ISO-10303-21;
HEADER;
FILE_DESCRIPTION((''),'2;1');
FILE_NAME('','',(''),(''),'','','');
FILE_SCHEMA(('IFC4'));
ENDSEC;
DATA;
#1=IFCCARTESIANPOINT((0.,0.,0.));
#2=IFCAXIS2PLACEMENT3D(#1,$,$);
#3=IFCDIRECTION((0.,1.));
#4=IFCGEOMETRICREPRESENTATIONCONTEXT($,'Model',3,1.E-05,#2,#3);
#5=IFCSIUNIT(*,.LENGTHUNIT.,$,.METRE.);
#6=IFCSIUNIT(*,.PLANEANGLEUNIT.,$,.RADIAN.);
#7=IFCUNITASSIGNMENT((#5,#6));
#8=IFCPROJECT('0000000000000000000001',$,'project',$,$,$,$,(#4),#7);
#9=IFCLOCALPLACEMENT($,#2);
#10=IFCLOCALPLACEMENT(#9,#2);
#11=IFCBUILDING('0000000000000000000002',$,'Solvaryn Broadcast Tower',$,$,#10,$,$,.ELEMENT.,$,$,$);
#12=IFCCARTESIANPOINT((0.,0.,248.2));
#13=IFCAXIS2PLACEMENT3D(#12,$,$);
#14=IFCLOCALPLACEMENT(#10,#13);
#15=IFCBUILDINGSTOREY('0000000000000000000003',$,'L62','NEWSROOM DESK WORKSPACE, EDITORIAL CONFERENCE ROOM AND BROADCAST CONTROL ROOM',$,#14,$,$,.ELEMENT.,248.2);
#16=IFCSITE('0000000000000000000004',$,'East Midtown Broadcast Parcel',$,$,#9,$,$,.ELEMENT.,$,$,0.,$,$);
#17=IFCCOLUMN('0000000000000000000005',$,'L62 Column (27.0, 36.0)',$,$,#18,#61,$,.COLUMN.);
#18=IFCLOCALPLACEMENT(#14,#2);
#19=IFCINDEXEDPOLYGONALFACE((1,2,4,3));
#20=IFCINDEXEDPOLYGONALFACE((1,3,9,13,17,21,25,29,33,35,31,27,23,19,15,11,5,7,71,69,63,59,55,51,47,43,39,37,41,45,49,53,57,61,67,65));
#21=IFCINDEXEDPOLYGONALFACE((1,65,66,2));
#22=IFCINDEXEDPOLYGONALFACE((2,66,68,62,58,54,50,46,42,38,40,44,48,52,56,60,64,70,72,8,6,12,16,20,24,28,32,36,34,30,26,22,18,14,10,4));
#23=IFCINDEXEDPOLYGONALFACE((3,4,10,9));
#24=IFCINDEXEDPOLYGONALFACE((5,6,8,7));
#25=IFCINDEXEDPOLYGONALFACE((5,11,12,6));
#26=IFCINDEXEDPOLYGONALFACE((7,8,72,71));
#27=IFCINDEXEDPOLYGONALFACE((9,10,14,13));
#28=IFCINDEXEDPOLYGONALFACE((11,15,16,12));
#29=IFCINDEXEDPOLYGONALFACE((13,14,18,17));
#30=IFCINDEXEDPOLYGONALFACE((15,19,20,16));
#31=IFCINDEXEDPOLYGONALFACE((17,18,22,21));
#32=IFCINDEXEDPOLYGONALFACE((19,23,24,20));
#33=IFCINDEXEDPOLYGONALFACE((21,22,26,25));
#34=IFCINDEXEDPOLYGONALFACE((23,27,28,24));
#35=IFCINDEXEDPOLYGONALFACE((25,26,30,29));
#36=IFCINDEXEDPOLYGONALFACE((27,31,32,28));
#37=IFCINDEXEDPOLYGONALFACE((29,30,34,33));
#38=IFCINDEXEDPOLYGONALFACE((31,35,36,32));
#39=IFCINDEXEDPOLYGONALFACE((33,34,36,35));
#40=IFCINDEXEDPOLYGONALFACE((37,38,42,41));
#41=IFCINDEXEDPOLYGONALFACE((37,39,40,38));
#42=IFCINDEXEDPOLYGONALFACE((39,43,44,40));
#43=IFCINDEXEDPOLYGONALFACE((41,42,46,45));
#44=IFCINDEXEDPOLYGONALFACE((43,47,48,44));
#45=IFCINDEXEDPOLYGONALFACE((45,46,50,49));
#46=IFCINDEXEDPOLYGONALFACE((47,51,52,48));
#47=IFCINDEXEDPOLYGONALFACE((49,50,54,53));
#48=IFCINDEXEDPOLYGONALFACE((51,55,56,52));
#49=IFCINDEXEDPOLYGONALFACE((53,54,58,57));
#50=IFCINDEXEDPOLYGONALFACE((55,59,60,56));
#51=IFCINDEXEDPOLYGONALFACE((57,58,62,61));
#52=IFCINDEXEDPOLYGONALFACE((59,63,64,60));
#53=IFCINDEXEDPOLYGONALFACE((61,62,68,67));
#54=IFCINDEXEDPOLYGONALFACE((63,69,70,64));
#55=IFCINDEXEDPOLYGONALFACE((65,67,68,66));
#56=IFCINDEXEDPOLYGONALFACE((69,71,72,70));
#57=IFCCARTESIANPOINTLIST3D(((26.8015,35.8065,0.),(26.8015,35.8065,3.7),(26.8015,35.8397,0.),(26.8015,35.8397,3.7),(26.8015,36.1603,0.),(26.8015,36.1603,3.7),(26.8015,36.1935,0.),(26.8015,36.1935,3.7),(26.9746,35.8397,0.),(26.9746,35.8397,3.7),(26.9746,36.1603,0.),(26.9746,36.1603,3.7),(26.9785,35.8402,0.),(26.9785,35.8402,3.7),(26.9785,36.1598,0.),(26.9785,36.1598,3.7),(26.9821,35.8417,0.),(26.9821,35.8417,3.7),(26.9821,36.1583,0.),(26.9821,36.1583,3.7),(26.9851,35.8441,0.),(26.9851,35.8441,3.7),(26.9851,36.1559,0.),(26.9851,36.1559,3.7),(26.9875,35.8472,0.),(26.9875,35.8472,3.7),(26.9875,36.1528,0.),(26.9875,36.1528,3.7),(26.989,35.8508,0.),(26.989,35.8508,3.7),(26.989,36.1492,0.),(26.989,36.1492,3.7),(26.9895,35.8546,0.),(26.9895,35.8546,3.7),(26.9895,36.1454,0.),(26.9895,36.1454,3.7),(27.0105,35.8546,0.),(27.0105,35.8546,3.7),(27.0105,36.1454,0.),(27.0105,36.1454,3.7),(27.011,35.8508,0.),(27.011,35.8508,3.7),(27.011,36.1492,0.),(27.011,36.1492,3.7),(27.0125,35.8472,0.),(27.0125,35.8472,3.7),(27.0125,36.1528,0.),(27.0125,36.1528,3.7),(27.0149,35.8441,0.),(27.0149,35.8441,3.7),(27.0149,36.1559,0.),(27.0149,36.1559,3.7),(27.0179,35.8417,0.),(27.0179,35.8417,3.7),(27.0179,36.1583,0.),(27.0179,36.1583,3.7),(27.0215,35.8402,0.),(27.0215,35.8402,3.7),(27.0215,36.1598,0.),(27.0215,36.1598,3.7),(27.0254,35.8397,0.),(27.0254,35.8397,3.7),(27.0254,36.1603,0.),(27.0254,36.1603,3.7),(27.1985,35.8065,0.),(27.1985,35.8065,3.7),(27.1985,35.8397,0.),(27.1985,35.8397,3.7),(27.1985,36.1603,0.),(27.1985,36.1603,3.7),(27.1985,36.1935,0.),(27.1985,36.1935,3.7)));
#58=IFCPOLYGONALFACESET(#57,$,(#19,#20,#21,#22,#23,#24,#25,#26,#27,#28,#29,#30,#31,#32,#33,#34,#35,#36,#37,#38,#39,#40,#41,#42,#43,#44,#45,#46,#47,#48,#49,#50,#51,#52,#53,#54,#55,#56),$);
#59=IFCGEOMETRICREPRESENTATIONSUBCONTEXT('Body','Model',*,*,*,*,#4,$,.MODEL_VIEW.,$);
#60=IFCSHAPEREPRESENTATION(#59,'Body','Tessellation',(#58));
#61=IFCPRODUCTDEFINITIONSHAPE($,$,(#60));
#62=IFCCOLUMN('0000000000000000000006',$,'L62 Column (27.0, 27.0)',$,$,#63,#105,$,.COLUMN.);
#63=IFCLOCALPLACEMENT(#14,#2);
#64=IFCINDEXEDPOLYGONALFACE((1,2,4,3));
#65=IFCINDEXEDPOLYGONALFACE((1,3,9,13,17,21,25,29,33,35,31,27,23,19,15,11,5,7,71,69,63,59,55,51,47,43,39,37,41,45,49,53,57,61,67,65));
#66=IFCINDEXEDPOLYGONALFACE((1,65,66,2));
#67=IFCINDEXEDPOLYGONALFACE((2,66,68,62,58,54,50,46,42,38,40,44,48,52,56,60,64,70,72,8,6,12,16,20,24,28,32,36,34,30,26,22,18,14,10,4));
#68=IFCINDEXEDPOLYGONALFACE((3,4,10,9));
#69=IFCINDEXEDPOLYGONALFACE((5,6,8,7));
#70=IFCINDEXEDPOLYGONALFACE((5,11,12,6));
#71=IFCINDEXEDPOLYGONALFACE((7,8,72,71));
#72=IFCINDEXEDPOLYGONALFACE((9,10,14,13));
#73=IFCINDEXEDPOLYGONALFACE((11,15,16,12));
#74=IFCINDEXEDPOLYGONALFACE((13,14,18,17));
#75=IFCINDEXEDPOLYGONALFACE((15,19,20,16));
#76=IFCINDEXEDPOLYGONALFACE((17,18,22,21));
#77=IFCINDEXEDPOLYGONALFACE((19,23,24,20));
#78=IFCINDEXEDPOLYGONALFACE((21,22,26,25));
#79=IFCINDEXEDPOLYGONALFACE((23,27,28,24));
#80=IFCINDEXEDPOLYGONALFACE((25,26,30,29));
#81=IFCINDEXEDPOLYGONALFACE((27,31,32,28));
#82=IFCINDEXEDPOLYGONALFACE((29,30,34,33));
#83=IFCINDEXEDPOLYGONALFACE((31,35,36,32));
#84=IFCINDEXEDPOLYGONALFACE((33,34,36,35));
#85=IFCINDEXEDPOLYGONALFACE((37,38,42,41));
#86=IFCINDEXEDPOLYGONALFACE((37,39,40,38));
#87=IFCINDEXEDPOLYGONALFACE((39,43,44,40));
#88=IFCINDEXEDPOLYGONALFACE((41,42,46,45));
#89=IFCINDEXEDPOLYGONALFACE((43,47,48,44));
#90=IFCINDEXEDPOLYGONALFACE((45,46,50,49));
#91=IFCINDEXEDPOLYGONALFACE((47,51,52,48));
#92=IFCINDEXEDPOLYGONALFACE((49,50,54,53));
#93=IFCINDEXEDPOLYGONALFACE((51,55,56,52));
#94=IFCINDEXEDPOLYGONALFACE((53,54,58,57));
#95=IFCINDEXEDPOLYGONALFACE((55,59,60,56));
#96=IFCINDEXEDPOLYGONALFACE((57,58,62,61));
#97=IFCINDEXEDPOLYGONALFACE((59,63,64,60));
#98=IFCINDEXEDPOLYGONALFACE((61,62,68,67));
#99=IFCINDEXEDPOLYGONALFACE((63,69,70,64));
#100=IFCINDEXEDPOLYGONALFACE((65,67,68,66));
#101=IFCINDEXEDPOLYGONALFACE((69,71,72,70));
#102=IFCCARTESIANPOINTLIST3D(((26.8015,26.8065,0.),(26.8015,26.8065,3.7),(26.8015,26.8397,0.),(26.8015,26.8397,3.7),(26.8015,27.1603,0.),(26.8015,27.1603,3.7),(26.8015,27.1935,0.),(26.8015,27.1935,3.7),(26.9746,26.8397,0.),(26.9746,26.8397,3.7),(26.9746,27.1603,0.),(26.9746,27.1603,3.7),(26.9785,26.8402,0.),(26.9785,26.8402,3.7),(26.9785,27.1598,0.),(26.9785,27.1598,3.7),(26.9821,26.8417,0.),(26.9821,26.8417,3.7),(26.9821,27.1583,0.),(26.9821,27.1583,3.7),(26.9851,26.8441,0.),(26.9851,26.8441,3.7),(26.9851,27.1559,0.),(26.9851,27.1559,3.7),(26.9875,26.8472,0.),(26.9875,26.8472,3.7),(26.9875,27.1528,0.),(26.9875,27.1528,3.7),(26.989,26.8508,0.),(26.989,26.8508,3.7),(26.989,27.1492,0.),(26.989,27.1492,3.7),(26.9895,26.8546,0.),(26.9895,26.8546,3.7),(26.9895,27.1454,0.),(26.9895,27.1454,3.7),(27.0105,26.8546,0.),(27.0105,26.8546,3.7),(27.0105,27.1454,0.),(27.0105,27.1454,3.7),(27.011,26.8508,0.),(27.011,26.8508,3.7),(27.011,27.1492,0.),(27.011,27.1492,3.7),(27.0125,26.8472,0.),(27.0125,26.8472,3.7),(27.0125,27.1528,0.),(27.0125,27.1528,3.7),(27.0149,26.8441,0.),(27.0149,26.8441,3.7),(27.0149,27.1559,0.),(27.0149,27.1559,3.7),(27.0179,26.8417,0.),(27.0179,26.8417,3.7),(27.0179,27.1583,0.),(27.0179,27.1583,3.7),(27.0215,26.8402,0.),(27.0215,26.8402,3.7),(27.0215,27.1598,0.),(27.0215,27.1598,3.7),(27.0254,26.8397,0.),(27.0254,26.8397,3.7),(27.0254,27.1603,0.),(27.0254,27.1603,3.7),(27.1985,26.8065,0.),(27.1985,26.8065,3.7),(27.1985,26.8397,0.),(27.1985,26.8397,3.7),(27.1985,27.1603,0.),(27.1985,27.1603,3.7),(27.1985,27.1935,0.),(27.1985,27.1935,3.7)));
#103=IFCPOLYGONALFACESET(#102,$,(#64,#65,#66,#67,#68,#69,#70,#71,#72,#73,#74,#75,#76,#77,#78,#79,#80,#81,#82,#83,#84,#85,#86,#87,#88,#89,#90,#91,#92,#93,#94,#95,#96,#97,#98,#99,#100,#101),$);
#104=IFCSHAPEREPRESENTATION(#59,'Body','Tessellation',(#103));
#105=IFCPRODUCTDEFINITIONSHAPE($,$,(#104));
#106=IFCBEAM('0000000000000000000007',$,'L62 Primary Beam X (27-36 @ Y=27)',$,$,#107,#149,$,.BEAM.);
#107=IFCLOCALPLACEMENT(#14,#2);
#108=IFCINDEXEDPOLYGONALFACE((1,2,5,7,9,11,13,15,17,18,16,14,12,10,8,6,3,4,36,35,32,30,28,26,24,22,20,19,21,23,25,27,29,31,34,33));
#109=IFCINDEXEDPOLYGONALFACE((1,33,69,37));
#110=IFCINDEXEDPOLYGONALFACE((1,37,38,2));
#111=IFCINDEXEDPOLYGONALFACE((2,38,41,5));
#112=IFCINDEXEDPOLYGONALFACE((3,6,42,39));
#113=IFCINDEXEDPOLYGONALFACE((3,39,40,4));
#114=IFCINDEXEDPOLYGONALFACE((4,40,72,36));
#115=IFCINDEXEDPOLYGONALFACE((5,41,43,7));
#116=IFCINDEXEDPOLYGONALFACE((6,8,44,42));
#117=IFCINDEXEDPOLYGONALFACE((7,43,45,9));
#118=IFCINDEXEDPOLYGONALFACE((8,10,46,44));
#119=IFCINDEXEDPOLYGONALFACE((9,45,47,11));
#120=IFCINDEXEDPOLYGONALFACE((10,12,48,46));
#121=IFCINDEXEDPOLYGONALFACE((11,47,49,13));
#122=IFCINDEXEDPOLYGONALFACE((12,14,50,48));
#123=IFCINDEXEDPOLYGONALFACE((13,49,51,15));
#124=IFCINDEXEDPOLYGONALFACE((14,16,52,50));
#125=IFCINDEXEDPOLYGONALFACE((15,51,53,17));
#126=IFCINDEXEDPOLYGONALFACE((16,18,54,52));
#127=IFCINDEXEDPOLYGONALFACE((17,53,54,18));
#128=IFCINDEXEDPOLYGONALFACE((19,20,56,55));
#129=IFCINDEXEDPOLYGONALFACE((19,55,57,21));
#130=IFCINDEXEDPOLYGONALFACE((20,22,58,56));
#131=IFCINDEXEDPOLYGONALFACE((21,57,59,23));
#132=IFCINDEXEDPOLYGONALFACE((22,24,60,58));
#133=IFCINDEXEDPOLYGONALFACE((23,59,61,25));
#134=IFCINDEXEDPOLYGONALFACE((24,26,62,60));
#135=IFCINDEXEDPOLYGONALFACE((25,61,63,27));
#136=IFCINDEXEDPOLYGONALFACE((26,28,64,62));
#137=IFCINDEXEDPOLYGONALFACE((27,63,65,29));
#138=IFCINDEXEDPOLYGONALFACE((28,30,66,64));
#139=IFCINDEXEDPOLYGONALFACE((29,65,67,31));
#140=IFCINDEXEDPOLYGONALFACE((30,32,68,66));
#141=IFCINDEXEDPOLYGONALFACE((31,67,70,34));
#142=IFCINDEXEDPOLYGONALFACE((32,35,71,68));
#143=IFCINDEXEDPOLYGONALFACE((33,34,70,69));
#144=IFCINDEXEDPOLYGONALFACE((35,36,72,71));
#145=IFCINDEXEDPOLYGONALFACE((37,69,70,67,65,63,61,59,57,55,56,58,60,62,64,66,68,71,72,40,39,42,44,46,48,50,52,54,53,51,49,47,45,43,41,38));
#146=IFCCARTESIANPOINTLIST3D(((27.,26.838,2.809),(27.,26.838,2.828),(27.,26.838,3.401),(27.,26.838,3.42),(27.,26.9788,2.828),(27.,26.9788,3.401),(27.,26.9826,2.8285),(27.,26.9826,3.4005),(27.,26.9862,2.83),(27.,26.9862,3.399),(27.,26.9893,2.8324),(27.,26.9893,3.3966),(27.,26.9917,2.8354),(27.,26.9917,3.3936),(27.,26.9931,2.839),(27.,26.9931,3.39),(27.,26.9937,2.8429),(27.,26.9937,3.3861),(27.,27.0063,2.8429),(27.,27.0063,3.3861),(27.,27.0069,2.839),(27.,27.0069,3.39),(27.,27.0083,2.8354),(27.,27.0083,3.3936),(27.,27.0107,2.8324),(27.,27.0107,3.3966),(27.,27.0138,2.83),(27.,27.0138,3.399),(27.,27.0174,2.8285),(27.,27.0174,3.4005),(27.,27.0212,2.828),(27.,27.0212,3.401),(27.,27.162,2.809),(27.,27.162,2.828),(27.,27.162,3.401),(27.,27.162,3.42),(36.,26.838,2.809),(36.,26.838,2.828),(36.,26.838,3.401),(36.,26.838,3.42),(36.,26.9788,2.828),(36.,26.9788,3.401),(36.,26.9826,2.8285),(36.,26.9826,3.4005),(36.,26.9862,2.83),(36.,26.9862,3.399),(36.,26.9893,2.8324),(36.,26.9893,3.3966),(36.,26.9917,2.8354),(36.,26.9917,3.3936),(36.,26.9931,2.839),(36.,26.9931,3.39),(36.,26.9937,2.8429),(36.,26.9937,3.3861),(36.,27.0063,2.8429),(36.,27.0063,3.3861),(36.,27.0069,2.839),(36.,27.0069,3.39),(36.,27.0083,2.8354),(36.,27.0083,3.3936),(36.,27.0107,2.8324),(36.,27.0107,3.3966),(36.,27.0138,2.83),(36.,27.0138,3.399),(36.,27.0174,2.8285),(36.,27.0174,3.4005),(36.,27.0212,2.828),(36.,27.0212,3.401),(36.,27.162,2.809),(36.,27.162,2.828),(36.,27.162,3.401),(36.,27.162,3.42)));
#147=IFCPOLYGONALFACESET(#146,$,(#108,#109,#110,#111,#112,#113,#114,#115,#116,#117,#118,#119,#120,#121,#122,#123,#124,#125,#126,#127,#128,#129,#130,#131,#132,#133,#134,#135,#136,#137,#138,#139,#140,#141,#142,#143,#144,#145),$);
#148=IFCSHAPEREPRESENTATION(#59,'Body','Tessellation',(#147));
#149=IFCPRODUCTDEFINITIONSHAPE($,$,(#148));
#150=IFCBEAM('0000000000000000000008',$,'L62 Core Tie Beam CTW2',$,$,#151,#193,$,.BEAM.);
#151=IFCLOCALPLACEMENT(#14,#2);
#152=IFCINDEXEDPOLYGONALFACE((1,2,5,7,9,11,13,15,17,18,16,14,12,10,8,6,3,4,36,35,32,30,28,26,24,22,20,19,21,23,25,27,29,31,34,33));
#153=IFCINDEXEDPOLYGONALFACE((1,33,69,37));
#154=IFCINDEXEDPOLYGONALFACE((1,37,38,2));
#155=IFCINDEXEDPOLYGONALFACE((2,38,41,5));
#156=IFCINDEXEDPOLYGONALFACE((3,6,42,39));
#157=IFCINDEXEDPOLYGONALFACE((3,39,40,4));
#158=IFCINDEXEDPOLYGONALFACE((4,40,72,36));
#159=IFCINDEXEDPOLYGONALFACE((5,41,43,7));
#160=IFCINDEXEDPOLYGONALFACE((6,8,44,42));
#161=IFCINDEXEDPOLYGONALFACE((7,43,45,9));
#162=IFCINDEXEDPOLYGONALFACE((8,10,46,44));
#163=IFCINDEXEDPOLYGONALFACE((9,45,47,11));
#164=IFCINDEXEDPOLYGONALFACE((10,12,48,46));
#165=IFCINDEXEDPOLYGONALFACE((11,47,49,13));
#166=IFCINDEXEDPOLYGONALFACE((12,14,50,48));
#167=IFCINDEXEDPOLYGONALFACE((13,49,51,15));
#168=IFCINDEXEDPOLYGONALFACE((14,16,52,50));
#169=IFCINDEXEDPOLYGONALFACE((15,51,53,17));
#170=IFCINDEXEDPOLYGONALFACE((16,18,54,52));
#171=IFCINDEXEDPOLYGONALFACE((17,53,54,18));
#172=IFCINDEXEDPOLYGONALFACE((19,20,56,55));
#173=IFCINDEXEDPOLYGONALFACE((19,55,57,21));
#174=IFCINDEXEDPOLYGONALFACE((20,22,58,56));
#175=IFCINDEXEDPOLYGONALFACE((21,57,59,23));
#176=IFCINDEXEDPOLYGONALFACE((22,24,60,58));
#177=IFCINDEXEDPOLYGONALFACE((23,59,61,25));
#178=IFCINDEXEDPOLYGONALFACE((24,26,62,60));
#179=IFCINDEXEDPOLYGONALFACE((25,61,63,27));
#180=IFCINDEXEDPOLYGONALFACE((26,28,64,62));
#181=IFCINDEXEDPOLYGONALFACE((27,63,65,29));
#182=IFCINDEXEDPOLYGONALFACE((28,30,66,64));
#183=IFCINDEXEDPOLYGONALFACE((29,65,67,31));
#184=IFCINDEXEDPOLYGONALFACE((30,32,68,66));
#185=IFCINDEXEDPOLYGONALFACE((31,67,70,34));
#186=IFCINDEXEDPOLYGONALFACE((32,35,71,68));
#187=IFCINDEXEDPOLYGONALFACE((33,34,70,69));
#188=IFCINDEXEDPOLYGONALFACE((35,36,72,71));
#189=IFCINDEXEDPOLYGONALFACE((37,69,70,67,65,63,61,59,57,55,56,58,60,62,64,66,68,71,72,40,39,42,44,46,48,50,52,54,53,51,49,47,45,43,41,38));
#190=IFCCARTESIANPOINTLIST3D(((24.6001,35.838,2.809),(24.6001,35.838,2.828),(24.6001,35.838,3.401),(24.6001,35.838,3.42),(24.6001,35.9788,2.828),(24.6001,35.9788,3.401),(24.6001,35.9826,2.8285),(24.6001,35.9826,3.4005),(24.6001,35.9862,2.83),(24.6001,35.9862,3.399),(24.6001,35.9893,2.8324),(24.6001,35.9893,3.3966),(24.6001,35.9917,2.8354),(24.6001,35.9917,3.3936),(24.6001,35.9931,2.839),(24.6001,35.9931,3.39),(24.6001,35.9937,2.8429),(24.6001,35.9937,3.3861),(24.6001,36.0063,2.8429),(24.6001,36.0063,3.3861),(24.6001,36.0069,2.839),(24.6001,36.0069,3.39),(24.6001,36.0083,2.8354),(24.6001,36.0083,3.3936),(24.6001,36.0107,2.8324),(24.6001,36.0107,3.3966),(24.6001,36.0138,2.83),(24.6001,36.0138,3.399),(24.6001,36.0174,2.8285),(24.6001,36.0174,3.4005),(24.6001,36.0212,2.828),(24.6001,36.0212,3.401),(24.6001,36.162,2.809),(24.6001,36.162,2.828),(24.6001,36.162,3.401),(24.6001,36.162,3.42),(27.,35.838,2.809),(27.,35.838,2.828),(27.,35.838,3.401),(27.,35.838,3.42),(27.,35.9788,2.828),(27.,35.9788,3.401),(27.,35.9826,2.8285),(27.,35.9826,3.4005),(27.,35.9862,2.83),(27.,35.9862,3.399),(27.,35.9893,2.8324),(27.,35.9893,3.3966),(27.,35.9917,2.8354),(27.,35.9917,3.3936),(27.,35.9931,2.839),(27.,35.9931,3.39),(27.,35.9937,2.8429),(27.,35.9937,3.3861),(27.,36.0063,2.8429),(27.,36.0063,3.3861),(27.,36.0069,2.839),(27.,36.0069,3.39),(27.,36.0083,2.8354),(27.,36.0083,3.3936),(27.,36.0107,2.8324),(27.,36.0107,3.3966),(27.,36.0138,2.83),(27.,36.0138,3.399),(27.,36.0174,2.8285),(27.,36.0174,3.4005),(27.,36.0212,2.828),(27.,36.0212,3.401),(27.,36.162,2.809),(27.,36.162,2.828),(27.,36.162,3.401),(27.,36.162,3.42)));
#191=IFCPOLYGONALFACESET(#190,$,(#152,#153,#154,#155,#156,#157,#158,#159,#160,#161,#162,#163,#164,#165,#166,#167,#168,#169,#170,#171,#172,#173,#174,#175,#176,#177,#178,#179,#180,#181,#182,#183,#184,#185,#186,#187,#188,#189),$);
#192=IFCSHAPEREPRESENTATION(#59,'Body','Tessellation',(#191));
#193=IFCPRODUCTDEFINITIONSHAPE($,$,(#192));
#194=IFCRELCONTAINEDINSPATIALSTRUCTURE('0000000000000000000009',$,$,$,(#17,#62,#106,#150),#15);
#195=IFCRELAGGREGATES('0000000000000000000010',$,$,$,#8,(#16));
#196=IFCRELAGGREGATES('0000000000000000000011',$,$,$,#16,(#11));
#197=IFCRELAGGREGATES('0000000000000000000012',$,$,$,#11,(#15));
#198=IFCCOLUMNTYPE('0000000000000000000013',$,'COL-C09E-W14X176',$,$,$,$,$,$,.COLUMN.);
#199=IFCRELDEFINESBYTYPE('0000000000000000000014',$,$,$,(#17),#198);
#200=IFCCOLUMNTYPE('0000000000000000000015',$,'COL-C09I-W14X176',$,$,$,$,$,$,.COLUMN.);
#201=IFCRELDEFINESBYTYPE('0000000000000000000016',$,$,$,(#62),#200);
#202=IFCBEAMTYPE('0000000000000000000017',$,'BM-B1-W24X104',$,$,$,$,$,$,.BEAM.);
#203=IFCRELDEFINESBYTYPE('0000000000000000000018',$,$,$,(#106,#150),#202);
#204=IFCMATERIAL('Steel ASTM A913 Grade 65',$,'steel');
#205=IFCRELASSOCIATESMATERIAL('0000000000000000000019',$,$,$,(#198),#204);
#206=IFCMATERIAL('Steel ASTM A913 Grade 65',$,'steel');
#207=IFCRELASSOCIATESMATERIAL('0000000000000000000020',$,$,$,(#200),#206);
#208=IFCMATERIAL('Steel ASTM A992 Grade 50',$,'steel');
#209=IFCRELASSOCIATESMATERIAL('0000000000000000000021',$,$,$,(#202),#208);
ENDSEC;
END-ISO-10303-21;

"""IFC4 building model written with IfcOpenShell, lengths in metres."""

from ifc_helpers import new_model, si_unit, direction, frame, origin, origin_2d, place, context, subcontext, project, spatial, i_section, extrude, material, material_profile, profile_set, type_object, element, save


model = new_model("IFC4")

# Units and contexts
model_context = context("Model", 3, precision=1e-05, world=origin(), true_north=direction((0.0, 1.0)))
body_context = subcontext(model_context, "Body", "Model", "MODEL_VIEW")
ifc_project = project(units=[si_unit("LENGTHUNIT", "METRE"), si_unit("PLANEANGLEUNIT", "RADIAN")], contexts=[model_context])

# Site, building, storey
site_placement = place(None, origin())
site = spatial("IfcSite", under=ifc_project, at=site_placement, Name="East Midtown Broadcast Parcel", CompositionType="ELEMENT", RefElevation=0.0)
building_placement = place(site_placement, origin())
building = spatial("IfcBuilding", under=site, at=building_placement, Name="Solvaryn Broadcast Tower", CompositionType="ELEMENT")
storey_placement = place(building_placement, frame((0.0, 0.0, 248.2)))
storey = spatial("IfcBuildingStorey", under=building, at=storey_placement, Name="L62", Description="NEWSROOM DESK WORKSPACE, EDITORIAL CONFERENCE ROOM AND BROADCAST CONTROL ROOM", CompositionType="ELEMENT", Elevation=248.2)

# Columns
ifc_material_1 = material(Name="Steel ASTM A913 Grade 65", Category="steel")
ifc_material_profile_1 = material_profile(ifc_material_1, i_section(OverallWidth=0.397, OverallDepth=0.387, WebThickness=0.021, FlangeThickness=0.0332, FilletRadius=0.0149, at=origin_2d()))
ifc_profile_set_1 = profile_set([ifc_material_profile_1], Name="Steel ASTM A913 Grade 65")
column_type_1 = type_object("IfcColumnType", Name="COL-C09E-W14X176", PredefinedType="COLUMN", material=ifc_profile_set_1)
column_1_placement = place(storey_placement, frame((27.0, 36.0, 0.0), z_axis=(0.0, 0.0, 1.0), x_axis=(1.0, 0.0, 0.0)))
element("IfcColumn", 1, at=column_1_placement, inside=storey, type_object=column_type_1, Name="L62 Column (27.0, 36.0)", PredefinedType="COLUMN", context=body_context, shape_type="SweptSolid", body=[
    extrude(i_section(OverallWidth=0.397, OverallDepth=0.387, WebThickness=0.021, FlangeThickness=0.0332, FilletRadius=0.0149, at=origin_2d()), origin(), (0.0, 0.0, 1.0), 3.7),
])
ifc_material_2 = material(Name="Steel ASTM A913 Grade 65", Category="steel")
ifc_material_profile_2 = material_profile(ifc_material_2, i_section(OverallWidth=0.397, OverallDepth=0.387, WebThickness=0.021, FlangeThickness=0.0332, FilletRadius=0.0149, at=origin_2d()))
ifc_profile_set_2 = profile_set([ifc_material_profile_2], Name="Steel ASTM A913 Grade 65")
column_type_2 = type_object("IfcColumnType", Name="COL-C09I-W14X176", PredefinedType="COLUMN", material=ifc_profile_set_2)
column_2_placement = place(storey_placement, frame((27.0, 27.0, 0.0), z_axis=(0.0, 0.0, 1.0), x_axis=(1.0, 0.0, 0.0)))
element("IfcColumn", 2, at=column_2_placement, inside=storey, type_object=column_type_2, Name="L62 Column (27.0, 27.0)", PredefinedType="COLUMN", context=body_context, shape_type="SweptSolid", body=[
    extrude(i_section(OverallWidth=0.397, OverallDepth=0.387, WebThickness=0.021, FlangeThickness=0.0332, FilletRadius=0.0149, at=origin_2d()), origin(), (0.0, 0.0, 1.0), 3.7),
])

# Beams
ifc_material_3 = material(Name="Steel ASTM A992 Grade 50", Category="steel")
ifc_material_profile_3 = material_profile(ifc_material_3, i_section(OverallWidth=0.324, OverallDepth=0.6111, WebThickness=0.0127, FlangeThickness=0.019, FilletRadius=0.0149, at=origin_2d()))
ifc_profile_set_3 = profile_set([ifc_material_profile_3], Name="Steel ASTM A992 Grade 50")
beam_type_1 = type_object("IfcBeamType", Name="BM-B1-W24X104", PredefinedType="BEAM", material=ifc_profile_set_3)
beam_1_placement = place(storey_placement, frame((27.0, 27.0, 3.1145), z_axis=(1.0, 0.0, 0.0), x_axis=(0.0, 1.0, 0.0)))
element("IfcBeam", 3, at=beam_1_placement, inside=storey, type_object=beam_type_1, Name="L62 Primary Beam X (27-36 @ Y=27)", PredefinedType="BEAM", context=body_context, shape_type="SweptSolid", body=[
    extrude(i_section(OverallWidth=0.324, OverallDepth=0.6111, WebThickness=0.0127, FlangeThickness=0.019, FilletRadius=0.0149, at=origin_2d()), origin(), (0.0, 0.0, 1.0), 9.0),
])
beam_2_placement = place(storey_placement, frame((24.6001, 36.0, 3.1145), z_axis=(1.0, 0.0, 0.0), x_axis=(0.0, 1.0, 0.0)))
element("IfcBeam", 4, at=beam_2_placement, inside=storey, type_object=beam_type_1, Name="L62 Core Tie Beam CTW2", PredefinedType="BEAM", context=body_context, shape_type="SweptSolid", body=[
    extrude(i_section(OverallWidth=0.324, OverallDepth=0.6111, WebThickness=0.0127, FlangeThickness=0.019, FilletRadius=0.0149, at=origin_2d()), origin(), (0.0, 0.0, 1.0), 2.3999),
])

save(model, "model.ifc")
